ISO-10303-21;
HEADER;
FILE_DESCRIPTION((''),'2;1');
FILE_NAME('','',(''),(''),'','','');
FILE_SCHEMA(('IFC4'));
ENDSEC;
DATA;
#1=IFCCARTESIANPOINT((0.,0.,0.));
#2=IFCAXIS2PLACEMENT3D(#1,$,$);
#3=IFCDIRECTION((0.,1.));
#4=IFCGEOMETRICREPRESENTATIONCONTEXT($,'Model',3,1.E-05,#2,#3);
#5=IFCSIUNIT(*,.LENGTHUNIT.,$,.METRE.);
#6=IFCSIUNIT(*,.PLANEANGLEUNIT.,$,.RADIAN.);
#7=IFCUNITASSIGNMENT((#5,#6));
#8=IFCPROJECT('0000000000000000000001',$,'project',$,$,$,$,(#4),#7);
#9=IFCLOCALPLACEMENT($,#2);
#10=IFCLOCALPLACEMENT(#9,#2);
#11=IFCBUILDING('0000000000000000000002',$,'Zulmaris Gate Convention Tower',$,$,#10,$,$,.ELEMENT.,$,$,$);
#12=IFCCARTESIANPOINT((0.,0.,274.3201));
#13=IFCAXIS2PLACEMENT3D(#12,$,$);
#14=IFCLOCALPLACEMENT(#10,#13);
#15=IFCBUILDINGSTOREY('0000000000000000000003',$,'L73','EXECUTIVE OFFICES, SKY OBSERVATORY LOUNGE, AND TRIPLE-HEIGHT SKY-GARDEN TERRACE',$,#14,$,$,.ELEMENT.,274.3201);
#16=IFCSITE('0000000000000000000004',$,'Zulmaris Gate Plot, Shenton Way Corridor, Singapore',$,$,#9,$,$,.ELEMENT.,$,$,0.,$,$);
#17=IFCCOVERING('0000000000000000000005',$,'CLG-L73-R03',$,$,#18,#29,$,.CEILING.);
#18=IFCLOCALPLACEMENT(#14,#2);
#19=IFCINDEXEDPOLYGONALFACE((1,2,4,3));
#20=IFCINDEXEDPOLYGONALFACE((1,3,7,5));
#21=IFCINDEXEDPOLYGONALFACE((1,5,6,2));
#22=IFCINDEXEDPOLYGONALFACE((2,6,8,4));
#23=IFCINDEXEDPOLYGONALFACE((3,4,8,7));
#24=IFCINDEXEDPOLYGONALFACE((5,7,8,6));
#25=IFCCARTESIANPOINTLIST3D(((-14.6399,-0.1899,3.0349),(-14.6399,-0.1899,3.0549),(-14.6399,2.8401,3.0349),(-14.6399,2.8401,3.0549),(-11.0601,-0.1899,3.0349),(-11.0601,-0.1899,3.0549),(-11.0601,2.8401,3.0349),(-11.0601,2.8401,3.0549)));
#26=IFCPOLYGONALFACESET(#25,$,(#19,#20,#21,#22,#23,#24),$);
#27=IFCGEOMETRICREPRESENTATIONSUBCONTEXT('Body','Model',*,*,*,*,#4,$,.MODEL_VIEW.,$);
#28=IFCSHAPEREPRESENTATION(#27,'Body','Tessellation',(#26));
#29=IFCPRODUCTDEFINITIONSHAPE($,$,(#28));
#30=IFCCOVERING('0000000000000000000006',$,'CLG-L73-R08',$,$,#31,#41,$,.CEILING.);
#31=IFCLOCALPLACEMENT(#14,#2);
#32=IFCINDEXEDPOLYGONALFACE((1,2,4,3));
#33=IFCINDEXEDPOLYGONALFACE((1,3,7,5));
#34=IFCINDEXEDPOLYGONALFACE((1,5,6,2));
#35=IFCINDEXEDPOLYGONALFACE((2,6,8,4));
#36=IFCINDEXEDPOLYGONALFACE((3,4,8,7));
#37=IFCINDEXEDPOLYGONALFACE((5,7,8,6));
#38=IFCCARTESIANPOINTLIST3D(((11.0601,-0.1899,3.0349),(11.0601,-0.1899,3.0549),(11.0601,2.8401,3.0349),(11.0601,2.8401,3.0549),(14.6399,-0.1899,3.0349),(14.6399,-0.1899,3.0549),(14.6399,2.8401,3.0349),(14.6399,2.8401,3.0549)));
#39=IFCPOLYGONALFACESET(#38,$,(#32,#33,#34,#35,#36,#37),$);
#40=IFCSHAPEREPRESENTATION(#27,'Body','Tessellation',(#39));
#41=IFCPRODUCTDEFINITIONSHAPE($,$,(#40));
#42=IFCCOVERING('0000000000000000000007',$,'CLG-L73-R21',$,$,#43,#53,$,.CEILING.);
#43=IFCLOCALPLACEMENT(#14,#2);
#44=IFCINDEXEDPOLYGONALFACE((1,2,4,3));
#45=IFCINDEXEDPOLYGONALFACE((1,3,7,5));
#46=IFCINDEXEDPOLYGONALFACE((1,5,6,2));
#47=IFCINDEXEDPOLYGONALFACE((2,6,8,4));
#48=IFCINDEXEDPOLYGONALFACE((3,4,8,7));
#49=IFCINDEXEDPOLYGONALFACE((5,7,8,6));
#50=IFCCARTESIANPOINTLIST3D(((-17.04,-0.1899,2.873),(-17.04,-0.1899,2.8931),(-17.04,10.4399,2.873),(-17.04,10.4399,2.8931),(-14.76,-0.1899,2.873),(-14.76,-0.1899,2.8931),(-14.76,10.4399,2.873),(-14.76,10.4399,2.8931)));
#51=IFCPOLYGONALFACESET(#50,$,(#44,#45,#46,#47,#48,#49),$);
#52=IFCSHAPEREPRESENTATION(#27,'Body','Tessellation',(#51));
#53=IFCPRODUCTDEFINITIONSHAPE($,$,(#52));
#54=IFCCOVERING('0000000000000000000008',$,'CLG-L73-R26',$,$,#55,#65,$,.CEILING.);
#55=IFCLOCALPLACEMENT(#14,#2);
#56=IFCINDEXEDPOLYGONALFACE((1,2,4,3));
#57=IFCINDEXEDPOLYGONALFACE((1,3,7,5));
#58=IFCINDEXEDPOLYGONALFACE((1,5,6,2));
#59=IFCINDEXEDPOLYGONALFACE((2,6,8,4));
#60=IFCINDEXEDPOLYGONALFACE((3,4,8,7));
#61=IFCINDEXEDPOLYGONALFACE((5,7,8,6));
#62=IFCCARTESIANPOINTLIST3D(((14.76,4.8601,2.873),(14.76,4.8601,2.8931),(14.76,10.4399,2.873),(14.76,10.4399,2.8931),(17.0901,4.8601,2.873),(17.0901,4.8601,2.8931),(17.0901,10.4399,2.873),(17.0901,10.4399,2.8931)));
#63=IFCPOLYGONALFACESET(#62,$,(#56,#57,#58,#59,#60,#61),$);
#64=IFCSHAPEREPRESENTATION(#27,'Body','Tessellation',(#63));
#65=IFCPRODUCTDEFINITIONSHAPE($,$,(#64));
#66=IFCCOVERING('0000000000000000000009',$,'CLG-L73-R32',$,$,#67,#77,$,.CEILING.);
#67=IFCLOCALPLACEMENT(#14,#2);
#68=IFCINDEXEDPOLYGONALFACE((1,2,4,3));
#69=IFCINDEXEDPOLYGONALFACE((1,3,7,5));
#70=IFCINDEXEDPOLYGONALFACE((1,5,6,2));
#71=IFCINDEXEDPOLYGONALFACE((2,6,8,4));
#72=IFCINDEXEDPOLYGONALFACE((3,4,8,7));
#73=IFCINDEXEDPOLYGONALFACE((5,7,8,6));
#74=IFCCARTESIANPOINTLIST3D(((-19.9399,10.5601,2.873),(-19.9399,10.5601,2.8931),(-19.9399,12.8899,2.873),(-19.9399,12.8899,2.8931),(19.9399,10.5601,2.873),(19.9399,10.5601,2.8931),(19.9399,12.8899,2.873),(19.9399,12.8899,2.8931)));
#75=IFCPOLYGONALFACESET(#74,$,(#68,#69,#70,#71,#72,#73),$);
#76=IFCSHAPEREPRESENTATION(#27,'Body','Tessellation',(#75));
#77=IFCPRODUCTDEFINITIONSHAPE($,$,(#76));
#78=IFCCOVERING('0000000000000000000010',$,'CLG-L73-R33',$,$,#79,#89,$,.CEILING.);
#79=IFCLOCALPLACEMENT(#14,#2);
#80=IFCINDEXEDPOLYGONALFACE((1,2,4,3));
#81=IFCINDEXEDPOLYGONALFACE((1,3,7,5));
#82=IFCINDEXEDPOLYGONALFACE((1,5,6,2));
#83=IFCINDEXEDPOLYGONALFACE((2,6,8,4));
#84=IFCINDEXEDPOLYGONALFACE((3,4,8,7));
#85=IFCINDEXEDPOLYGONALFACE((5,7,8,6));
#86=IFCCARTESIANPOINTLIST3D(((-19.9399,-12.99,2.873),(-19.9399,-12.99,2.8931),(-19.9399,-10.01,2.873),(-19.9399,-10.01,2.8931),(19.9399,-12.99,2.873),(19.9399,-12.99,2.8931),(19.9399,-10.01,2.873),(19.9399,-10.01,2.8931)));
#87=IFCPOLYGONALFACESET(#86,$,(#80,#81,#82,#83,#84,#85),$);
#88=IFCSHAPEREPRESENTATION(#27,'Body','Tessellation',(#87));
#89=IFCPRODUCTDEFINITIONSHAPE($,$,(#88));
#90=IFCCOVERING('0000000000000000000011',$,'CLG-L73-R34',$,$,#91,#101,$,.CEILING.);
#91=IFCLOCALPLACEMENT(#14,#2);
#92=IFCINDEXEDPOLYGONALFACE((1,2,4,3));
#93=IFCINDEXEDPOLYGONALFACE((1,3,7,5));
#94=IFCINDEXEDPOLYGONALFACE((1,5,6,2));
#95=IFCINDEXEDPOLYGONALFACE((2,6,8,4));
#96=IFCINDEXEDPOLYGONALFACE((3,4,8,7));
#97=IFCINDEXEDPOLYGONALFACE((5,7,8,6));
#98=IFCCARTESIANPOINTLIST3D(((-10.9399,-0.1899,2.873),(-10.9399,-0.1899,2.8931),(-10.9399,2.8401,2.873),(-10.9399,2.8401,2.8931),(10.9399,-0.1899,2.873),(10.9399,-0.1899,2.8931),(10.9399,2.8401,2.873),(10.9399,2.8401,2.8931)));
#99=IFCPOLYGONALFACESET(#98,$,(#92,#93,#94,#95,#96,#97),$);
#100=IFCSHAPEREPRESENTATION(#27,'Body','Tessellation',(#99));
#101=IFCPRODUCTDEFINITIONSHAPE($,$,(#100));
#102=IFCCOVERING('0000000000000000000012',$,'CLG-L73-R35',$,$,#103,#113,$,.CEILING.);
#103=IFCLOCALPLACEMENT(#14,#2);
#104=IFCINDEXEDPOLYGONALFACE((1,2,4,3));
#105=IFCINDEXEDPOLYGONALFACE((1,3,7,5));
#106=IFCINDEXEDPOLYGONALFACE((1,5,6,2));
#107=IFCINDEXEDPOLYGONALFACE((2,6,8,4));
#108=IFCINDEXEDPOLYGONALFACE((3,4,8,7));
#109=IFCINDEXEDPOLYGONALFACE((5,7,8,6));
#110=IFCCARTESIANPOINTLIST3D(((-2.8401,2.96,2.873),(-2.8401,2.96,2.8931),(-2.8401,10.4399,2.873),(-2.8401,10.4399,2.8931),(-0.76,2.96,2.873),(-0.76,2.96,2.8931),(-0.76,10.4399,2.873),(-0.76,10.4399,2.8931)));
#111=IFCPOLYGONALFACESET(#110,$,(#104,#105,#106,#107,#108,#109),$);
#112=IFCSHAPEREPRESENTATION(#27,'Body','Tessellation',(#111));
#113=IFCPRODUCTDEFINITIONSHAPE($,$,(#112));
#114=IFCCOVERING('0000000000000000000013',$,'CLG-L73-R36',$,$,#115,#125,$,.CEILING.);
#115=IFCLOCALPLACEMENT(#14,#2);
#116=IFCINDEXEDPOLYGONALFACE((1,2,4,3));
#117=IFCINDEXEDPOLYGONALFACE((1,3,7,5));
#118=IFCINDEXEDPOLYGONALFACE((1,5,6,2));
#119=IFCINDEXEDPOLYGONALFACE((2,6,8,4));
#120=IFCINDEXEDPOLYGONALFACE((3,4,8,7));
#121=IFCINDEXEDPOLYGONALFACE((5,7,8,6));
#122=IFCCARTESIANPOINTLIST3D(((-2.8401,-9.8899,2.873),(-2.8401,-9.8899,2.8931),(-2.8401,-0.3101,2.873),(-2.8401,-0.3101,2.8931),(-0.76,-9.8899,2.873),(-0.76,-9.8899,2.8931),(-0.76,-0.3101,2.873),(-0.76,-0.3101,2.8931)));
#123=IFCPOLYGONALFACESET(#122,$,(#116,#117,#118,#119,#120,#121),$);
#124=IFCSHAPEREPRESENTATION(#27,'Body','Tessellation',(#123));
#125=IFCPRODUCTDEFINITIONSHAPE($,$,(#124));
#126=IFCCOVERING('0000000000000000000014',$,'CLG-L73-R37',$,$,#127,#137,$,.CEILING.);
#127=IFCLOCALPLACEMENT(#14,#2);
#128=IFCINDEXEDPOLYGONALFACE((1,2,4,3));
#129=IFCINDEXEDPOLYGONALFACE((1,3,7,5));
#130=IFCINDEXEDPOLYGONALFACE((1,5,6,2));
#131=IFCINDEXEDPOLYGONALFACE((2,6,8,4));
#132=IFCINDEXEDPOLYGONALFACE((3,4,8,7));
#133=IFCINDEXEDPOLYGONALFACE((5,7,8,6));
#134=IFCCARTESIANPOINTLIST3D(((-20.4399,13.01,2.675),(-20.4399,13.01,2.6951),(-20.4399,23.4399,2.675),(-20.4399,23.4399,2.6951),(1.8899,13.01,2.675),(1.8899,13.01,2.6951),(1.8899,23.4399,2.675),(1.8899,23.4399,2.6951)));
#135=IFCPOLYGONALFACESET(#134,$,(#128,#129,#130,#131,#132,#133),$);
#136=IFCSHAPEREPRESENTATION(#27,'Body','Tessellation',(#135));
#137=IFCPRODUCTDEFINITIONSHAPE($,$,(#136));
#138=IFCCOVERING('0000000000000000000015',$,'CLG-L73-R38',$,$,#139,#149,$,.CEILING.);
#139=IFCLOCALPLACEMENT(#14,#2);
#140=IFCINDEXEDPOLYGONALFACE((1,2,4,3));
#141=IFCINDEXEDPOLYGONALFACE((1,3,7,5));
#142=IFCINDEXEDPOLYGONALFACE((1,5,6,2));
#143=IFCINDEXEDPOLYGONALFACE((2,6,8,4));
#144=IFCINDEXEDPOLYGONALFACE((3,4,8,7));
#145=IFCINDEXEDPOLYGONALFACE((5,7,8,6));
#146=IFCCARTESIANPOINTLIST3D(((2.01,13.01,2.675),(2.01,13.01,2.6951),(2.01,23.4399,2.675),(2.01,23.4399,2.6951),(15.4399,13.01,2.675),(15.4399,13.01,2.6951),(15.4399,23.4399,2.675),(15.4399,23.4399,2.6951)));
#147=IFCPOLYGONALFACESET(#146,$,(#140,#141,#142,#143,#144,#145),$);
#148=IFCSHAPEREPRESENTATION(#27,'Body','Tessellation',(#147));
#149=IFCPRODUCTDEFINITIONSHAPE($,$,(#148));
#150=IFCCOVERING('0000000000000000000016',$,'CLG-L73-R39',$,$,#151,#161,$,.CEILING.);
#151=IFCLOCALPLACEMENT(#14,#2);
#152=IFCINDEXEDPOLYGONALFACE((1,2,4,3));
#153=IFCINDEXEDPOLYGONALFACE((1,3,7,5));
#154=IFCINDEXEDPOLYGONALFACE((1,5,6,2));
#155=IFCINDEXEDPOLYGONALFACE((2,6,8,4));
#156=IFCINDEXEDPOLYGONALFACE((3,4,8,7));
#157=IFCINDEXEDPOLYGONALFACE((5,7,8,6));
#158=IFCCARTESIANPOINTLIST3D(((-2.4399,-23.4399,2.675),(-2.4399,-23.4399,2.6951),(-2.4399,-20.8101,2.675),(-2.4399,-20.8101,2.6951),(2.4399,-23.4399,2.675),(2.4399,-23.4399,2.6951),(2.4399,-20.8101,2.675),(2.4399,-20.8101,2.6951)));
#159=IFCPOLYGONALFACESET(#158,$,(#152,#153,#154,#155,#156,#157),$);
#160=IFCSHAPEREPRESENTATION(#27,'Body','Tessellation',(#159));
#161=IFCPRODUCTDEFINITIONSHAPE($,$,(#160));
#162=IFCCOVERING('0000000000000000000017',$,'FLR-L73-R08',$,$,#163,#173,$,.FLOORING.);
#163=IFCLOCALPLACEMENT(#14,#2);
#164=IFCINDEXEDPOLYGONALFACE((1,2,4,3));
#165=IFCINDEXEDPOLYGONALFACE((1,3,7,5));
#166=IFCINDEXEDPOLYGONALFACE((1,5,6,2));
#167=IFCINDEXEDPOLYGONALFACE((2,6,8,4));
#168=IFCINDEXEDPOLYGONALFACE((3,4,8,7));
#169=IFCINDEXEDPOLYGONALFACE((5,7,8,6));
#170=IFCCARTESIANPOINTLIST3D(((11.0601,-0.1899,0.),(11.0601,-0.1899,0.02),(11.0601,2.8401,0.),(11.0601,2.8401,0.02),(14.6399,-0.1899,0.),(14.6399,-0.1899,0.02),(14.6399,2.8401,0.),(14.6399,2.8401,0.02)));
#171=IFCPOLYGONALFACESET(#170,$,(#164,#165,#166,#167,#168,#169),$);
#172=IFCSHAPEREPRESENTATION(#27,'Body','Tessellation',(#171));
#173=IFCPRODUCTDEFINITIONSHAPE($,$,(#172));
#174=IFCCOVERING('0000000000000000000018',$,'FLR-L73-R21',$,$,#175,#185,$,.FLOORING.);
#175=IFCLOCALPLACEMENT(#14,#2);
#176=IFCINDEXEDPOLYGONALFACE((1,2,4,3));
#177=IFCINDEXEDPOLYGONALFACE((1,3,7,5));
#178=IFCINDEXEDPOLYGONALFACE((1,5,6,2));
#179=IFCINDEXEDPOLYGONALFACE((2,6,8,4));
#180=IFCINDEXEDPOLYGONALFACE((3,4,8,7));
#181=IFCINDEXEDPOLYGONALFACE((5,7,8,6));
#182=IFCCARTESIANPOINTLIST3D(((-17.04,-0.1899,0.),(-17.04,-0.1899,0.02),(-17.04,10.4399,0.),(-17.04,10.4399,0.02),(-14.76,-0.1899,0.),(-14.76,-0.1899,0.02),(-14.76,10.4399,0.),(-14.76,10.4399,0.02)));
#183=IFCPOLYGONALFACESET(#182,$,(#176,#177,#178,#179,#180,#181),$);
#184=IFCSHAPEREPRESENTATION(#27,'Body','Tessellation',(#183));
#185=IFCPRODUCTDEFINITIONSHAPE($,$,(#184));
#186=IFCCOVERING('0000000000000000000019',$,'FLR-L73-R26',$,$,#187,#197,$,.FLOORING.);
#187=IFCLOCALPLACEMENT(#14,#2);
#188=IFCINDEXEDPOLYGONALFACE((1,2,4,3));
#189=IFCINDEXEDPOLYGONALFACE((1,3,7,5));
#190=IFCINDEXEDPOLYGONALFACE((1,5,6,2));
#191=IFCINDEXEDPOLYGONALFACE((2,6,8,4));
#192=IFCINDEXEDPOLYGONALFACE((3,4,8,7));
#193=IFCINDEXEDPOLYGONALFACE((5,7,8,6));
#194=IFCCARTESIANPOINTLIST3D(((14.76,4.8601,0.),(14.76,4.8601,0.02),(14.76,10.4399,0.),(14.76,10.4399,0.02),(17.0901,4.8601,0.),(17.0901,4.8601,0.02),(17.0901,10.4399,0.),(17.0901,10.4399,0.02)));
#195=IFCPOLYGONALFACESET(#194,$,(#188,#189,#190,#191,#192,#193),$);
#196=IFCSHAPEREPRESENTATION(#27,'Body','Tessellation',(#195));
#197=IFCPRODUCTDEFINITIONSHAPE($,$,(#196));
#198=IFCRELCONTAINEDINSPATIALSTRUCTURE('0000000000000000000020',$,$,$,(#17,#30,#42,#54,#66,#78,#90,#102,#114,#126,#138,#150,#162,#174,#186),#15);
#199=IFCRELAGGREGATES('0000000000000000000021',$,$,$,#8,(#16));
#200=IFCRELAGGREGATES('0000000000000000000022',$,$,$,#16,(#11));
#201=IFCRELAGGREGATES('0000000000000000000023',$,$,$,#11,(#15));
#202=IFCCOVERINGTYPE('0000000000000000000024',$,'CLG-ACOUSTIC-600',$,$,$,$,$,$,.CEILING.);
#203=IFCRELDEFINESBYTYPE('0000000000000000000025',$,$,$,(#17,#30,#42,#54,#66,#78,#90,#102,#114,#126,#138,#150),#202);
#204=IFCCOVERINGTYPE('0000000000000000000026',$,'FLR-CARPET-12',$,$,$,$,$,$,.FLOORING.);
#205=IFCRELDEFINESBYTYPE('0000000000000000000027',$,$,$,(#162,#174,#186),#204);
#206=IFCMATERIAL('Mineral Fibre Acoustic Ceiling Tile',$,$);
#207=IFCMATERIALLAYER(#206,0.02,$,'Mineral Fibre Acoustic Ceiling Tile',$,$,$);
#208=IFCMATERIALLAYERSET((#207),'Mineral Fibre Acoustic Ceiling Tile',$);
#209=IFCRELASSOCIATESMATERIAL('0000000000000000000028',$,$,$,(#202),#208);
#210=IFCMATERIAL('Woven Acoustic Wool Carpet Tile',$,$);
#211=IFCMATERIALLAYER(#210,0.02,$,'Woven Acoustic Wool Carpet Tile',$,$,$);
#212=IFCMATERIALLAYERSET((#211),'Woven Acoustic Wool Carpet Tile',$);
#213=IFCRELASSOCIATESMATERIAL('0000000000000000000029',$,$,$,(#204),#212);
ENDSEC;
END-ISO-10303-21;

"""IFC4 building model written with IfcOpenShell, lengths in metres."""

from ifc_helpers import new_model, si_unit, direction, frame, origin, place, context, subcontext, project, spatial, polyline, outline, extrude, material, layer, layer_set, type_object, element, save


model = new_model("IFC4")

# Units and contexts
model_context = context("Model", 3, precision=1e-05, world=origin(), true_north=direction((0.0, 1.0)))
body_context = subcontext(model_context, "Body", "Model", "MODEL_VIEW")
ifc_project = project(units=[si_unit("LENGTHUNIT", "METRE"), si_unit("PLANEANGLEUNIT", "RADIAN")], contexts=[model_context])

# Site, building, storey
site_placement = place(None, origin())
site = spatial("IfcSite", under=ifc_project, at=site_placement, Name="Zulmaris Gate Plot, Shenton Way Corridor, Singapore", CompositionType="ELEMENT", RefElevation=0.0)
building_placement = place(site_placement, origin())
building = spatial("IfcBuilding", under=site, at=building_placement, Name="Zulmaris Gate Convention Tower", CompositionType="ELEMENT")
storey_placement = place(building_placement, frame((0.0, 0.0, 274.3201)))
storey = spatial("IfcBuildingStorey", under=building, at=storey_placement, Name="L73", Description="EXECUTIVE OFFICES, SKY OBSERVATORY LOUNGE, AND TRIPLE-HEIGHT SKY-GARDEN TERRACE", CompositionType="ELEMENT", Elevation=274.3201)

# Coverings
ifc_material_1 = material(Name="Mineral Fibre Acoustic Ceiling Tile")
ifc_layer_1 = layer(ifc_material_1, 0.02, Name="Mineral Fibre Acoustic Ceiling Tile")
ifc_layer_set_1 = layer_set([ifc_layer_1], Name="Mineral Fibre Acoustic Ceiling Tile")
covering_type_1 = type_object("IfcCoveringType", Name="CLG-ACOUSTIC-600", PredefinedType="CEILING", material=ifc_layer_set_1)
covering_1_placement = place(storey_placement, frame((0.0, 0.0, 3.0349)))
element("IfcCovering", 1, at=covering_1_placement, inside=storey, type_object=covering_type_1, Name="CLG-L73-R03", PredefinedType="CEILING", context=body_context, shape_type="SweptSolid", body=[
    extrude(outline(polyline([(-14.6399, -0.1899), (-11.0601, -0.1899), (-11.0601, 2.8401), (-14.6399, 2.8401), (-14.6399, -0.1899)])), origin(), (0.0, 0.0, 1.0), 0.02),
])
covering_2_placement = place(storey_placement, frame((0.0, 0.0, 3.0349)))
element("IfcCovering", 2, at=covering_2_placement, inside=storey, type_object=covering_type_1, Name="CLG-L73-R08", PredefinedType="CEILING", context=body_context, shape_type="SweptSolid", body=[
    extrude(outline(polyline([(11.0601, -0.1899), (14.6399, -0.1899), (14.6399, 2.8401), (11.0601, 2.8401), (11.0601, -0.1899)])), origin(), (0.0, 0.0, 1.0), 0.02),
])
covering_3_placement = place(storey_placement, frame((0.0, 0.0, 2.873)))
element("IfcCovering", 3, at=covering_3_placement, inside=storey, type_object=covering_type_1, Name="CLG-L73-R21", PredefinedType="CEILING", context=body_context, shape_type="SweptSolid", body=[
    extrude(outline(polyline([(-17.04, -0.1899), (-14.76, -0.1899), (-14.76, 10.4399), (-17.04, 10.4399), (-17.04, -0.1899)])), origin(), (0.0, 0.0, 1.0), 0.02),
])
covering_4_placement = place(storey_placement, frame((0.0, 0.0, 2.873)))
element("IfcCovering", 4, at=covering_4_placement, inside=storey, type_object=covering_type_1, Name="CLG-L73-R26", PredefinedType="CEILING", context=body_context, shape_type="SweptSolid", body=[
    extrude(outline(polyline([(14.76, 4.8601), (17.0901, 4.8601), (17.0901, 10.4399), (14.76, 10.4399), (14.76, 4.8601)])), origin(), (0.0, 0.0, 1.0), 0.02),
])
covering_5_placement = place(storey_placement, frame((0.0, 0.0, 2.873)))
element("IfcCovering", 5, at=covering_5_placement, inside=storey, type_object=covering_type_1, Name="CLG-L73-R32", PredefinedType="CEILING", context=body_context, shape_type="SweptSolid", body=[
    extrude(outline(polyline([(-19.9399, 10.5601), (19.9399, 10.5601), (19.9399, 12.8899), (-19.9399, 12.8899), (-19.9399, 10.5601)])), origin(), (0.0, 0.0, 1.0), 0.02),
])
covering_6_placement = place(storey_placement, frame((0.0, 0.0, 2.873)))
element("IfcCovering", 6, at=covering_6_placement, inside=storey, type_object=covering_type_1, Name="CLG-L73-R33", PredefinedType="CEILING", context=body_context, shape_type="SweptSolid", body=[
    extrude(outline(polyline([(-19.9399, -12.99), (19.9399, -12.99), (19.9399, -10.01), (-19.9399, -10.01), (-19.9399, -12.99)])), origin(), (0.0, 0.0, 1.0), 0.02),
])
covering_7_placement = place(storey_placement, frame((0.0, 0.0, 2.873)))
element("IfcCovering", 7, at=covering_7_placement, inside=storey, type_object=covering_type_1, Name="CLG-L73-R34", PredefinedType="CEILING", context=body_context, shape_type="SweptSolid", body=[
    extrude(outline(polyline([(-10.9399, -0.1899), (10.9399, -0.1899), (10.9399, 2.8401), (-10.9399, 2.8401), (-10.9399, -0.1899)])), origin(), (0.0, 0.0, 1.0), 0.02),
])
covering_8_placement = place(storey_placement, frame((0.0, 0.0, 2.873)))
element("IfcCovering", 8, at=covering_8_placement, inside=storey, type_object=covering_type_1, Name="CLG-L73-R35", PredefinedType="CEILING", context=body_context, shape_type="SweptSolid", body=[
    extrude(outline(polyline([(-2.8401, 2.96), (-0.76, 2.96), (-0.76, 10.4399), (-2.8401, 10.4399), (-2.8401, 2.96)])), origin(), (0.0, 0.0, 1.0), 0.02),
])
covering_9_placement = place(storey_placement, frame((0.0, 0.0, 2.873)))
element("IfcCovering", 9, at=covering_9_placement, inside=storey, type_object=covering_type_1, Name="CLG-L73-R36", PredefinedType="CEILING", context=body_context, shape_type="SweptSolid", body=[
    extrude(outline(polyline([(-2.8401, -9.8899), (-0.76, -9.8899), (-0.76, -0.3101), (-2.8401, -0.3101), (-2.8401, -9.8899)])), origin(), (0.0, 0.0, 1.0), 0.02),
])
covering_10_placement = place(storey_placement, frame((0.0, 0.0, 2.675)))
element("IfcCovering", 10, at=covering_10_placement, inside=storey, type_object=covering_type_1, Name="CLG-L73-R37", PredefinedType="CEILING", context=body_context, shape_type="SweptSolid", body=[
    extrude(outline(polyline([(-20.4399, 13.01), (1.8899, 13.01), (1.8899, 23.4399), (-20.4399, 23.4399), (-20.4399, 13.01)])), origin(), (0.0, 0.0, 1.0), 0.02),
])
covering_11_placement = place(storey_placement, frame((0.0, 0.0, 2.675)))
element("IfcCovering", 11, at=covering_11_placement, inside=storey, type_object=covering_type_1, Name="CLG-L73-R38", PredefinedType="CEILING", context=body_context, shape_type="SweptSolid", body=[
    extrude(outline(polyline([(2.01, 13.01), (15.4399, 13.01), (15.4399, 23.4399), (2.01, 23.4399), (2.01, 13.01)])), origin(), (0.0, 0.0, 1.0), 0.02),
])
covering_12_placement = place(storey_placement, frame((0.0, 0.0, 2.675)))
element("IfcCovering", 12, at=covering_12_placement, inside=storey, type_object=covering_type_1, Name="CLG-L73-R39", PredefinedType="CEILING", context=body_context, shape_type="SweptSolid", body=[
    extrude(outline(polyline([(-2.4399, -23.4399), (2.4399, -23.4399), (2.4399, -20.8101), (-2.4399, -20.8101), (-2.4399, -23.4399)])), origin(), (0.0, 0.0, 1.0), 0.02),
])
ifc_material_2 = material(Name="Woven Acoustic Wool Carpet Tile")
ifc_layer_2 = layer(ifc_material_2, 0.02, Name="Woven Acoustic Wool Carpet Tile")
ifc_layer_set_2 = layer_set([ifc_layer_2], Name="Woven Acoustic Wool Carpet Tile")
covering_type_2 = type_object("IfcCoveringType", Name="FLR-CARPET-12", PredefinedType="FLOORING", material=ifc_layer_set_2)
covering_13_placement = place(storey_placement, origin())
element("IfcCovering", 13, at=covering_13_placement, inside=storey, type_object=covering_type_2, Name="FLR-L73-R08", PredefinedType="FLOORING", context=body_context, shape_type="SweptSolid", body=[
    extrude(outline(polyline([(11.0601, -0.1899), (14.6399, -0.1899), (14.6399, 2.8401), (11.0601, 2.8401), (11.0601, -0.1899)])), origin(), (0.0, 0.0, 1.0), 0.02),
])
covering_14_placement = place(storey_placement, origin())
element("IfcCovering", 14, at=covering_14_placement, inside=storey, type_object=covering_type_2, Name="FLR-L73-R21", PredefinedType="FLOORING", context=body_context, shape_type="SweptSolid", body=[
    extrude(outline(polyline([(-17.04, -0.1899), (-14.76, -0.1899), (-14.76, 10.4399), (-17.04, 10.4399), (-17.04, -0.1899)])), origin(), (0.0, 0.0, 1.0), 0.02),
])
covering_15_placement = place(storey_placement, origin())
element("IfcCovering", 15, at=covering_15_placement, inside=storey, type_object=covering_type_2, Name="FLR-L73-R26", PredefinedType="FLOORING", context=body_context, shape_type="SweptSolid", body=[
    extrude(outline(polyline([(14.76, 4.8601), (17.0901, 4.8601), (17.0901, 10.4399), (14.76, 10.4399), (14.76, 4.8601)])), origin(), (0.0, 0.0, 1.0), 0.02),
])

save(model, "model.ifc")
